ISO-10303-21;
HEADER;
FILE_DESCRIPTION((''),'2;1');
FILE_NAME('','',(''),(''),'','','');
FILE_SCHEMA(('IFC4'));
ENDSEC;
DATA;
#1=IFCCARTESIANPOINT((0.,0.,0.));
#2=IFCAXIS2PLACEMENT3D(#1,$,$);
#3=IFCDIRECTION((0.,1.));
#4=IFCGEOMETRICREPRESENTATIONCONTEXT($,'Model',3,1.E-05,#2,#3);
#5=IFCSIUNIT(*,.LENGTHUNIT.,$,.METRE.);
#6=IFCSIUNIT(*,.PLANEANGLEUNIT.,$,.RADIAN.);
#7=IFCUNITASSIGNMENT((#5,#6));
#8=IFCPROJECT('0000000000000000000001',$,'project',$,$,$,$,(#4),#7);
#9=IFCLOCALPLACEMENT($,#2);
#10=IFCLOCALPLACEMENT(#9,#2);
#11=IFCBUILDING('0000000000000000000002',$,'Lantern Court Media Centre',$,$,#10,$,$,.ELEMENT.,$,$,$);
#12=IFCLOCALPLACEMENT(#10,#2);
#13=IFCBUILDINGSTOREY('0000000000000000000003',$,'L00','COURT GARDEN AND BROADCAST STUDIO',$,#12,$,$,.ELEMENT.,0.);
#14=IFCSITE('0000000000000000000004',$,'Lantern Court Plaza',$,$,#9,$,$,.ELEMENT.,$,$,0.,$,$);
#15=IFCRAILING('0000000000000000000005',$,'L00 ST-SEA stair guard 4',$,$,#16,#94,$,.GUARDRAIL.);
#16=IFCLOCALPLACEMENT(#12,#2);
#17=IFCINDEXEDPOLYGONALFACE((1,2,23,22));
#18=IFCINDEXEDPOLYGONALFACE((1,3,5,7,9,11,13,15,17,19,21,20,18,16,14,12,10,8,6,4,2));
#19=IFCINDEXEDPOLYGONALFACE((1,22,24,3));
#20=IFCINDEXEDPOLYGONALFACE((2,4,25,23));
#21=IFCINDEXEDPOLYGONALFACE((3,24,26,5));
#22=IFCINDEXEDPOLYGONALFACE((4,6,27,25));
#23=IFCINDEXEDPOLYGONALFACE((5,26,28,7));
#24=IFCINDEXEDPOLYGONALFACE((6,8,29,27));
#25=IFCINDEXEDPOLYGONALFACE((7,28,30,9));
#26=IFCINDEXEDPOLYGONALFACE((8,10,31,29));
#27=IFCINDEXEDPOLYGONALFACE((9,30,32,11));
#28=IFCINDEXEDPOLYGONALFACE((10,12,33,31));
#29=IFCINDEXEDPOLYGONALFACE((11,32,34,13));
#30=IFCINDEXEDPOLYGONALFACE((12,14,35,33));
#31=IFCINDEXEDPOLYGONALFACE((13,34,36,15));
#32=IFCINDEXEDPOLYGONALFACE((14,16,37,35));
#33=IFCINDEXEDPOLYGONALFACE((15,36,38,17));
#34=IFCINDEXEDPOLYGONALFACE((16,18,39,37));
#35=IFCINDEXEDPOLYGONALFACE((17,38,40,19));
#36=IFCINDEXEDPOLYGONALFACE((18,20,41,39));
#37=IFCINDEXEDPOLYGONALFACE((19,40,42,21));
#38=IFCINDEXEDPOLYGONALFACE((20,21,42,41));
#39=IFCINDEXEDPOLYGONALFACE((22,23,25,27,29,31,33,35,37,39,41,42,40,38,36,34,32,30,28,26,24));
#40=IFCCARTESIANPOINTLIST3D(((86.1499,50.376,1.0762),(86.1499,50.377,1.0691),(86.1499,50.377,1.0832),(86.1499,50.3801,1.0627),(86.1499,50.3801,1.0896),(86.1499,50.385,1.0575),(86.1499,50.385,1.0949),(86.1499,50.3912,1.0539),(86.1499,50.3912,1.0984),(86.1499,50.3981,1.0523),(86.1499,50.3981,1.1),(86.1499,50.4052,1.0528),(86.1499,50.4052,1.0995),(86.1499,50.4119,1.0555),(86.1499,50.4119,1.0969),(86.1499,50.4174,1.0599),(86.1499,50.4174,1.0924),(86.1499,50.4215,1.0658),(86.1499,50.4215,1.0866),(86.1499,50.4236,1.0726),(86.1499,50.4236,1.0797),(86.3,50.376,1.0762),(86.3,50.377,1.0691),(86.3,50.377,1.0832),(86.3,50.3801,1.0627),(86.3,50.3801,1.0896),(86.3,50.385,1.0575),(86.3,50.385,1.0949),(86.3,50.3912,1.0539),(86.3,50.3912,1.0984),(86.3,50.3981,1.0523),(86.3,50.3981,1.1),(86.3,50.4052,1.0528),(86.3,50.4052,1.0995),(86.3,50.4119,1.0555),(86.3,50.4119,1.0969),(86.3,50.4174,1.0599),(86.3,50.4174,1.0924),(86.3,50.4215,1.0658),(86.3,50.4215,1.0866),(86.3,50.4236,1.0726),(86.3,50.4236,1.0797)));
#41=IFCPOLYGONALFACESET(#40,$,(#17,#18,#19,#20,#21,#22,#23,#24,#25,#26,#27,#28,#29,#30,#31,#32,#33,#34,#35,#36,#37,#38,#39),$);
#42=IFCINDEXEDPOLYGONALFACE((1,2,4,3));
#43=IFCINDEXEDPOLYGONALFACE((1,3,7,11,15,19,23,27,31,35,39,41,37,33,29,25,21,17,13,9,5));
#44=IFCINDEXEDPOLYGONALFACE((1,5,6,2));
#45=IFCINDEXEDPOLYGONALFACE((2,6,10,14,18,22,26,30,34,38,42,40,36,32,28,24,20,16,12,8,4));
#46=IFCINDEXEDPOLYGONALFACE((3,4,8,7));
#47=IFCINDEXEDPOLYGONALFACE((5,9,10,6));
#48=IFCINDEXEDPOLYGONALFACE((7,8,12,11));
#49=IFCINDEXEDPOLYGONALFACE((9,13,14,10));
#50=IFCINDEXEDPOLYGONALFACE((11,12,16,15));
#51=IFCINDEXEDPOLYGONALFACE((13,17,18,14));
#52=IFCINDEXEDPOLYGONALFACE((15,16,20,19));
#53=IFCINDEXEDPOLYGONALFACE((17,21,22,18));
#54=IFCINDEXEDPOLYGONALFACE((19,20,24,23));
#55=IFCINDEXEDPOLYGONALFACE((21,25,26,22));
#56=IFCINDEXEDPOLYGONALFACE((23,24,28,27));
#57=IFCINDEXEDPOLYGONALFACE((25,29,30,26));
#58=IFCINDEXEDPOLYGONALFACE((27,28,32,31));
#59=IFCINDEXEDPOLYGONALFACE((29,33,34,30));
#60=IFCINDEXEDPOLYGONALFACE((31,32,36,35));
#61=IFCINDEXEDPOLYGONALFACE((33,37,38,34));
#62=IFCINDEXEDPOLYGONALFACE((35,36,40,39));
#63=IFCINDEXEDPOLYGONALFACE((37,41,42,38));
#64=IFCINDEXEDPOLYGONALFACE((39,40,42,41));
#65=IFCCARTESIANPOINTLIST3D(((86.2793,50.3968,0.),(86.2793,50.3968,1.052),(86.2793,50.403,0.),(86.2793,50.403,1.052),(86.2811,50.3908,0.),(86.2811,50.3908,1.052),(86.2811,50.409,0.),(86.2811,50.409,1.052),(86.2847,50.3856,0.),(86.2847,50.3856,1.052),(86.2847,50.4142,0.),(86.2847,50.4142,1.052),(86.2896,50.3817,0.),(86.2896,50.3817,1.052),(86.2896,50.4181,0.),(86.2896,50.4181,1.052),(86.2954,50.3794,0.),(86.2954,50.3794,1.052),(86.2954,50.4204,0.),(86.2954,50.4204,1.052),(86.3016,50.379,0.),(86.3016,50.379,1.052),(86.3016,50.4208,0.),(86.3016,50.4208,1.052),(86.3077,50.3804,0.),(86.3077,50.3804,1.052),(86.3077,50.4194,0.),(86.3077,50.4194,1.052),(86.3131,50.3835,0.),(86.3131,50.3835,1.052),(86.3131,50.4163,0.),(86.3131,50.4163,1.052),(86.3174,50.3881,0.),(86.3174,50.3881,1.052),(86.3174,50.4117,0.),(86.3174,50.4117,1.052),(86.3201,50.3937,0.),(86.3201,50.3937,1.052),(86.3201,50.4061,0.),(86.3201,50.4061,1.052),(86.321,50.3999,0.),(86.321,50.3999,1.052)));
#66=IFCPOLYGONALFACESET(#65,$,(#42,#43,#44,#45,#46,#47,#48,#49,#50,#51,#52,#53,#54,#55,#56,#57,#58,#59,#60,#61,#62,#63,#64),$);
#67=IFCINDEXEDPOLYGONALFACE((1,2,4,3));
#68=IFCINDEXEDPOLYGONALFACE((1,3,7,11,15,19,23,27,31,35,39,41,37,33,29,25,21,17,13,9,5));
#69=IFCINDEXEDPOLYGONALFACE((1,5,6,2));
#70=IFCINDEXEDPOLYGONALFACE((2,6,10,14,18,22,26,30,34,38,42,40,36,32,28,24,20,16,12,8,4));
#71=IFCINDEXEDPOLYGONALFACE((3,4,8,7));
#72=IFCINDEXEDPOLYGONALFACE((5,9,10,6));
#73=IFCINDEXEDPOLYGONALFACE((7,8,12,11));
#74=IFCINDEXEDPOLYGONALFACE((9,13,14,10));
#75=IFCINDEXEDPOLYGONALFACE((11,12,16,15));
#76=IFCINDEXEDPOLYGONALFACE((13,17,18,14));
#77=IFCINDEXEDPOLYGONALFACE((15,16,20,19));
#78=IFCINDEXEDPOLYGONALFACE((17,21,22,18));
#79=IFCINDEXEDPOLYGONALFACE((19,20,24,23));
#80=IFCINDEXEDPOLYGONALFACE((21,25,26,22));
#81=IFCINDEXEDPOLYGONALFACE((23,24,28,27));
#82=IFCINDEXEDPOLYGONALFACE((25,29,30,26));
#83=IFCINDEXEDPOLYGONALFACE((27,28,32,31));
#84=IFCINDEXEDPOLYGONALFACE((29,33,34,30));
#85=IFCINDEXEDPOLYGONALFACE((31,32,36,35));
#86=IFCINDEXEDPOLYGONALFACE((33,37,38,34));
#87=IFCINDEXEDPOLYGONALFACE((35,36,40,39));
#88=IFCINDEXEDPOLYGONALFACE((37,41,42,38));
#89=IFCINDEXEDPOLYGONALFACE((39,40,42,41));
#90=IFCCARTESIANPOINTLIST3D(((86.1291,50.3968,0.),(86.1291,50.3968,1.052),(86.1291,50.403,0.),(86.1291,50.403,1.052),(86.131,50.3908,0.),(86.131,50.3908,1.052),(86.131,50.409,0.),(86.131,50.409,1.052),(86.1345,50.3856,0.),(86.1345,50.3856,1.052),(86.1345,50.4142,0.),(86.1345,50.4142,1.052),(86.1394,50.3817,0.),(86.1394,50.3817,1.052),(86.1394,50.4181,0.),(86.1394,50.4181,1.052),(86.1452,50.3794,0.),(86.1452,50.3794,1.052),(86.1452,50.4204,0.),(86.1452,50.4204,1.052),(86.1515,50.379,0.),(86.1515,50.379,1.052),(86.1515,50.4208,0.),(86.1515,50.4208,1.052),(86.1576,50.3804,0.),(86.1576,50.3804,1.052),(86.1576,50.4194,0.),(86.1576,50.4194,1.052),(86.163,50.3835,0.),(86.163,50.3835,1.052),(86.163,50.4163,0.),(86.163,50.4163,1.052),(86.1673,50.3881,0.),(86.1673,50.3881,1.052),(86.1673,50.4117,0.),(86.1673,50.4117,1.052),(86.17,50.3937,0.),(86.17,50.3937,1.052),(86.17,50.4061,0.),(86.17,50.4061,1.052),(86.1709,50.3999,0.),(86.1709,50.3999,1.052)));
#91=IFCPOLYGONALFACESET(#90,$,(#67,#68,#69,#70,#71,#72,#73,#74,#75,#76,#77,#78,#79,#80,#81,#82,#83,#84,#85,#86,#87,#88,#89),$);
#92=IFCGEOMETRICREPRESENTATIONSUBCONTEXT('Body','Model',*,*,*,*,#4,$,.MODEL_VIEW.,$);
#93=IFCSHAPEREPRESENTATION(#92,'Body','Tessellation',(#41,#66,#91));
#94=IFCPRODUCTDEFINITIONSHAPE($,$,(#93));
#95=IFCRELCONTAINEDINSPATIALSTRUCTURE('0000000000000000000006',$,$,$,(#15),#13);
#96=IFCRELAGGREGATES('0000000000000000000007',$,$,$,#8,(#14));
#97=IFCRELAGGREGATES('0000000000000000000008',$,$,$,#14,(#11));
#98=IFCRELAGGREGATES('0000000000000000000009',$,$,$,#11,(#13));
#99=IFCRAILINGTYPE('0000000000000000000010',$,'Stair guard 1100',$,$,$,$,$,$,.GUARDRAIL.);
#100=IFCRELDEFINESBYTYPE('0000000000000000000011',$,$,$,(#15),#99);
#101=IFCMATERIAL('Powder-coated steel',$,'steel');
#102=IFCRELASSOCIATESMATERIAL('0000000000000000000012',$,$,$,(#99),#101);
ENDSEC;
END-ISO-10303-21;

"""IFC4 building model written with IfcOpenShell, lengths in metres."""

from ifc_helpers import new_model, si_unit, direction, frame, origin, origin_2d, place, context, subcontext, project, spatial, circle, extrude, material, type_object, element, save


model = new_model("IFC4")

# Units and contexts
model_context = context("Model", 3, precision=1e-05, world=origin(), true_north=direction((0.0, 1.0)))
body_context = subcontext(model_context, "Body", "Model", "MODEL_VIEW")
ifc_project = project(units=[si_unit("LENGTHUNIT", "METRE"), si_unit("PLANEANGLEUNIT", "RADIAN")], contexts=[model_context])

# Site, building, storey
site_placement = place(None, origin())
site = spatial("IfcSite", under=ifc_project, at=site_placement, Name="Lantern Court Plaza", CompositionType="ELEMENT", RefElevation=0.0)
building_placement = place(site_placement, origin())
building = spatial("IfcBuilding", under=site, at=building_placement, Name="Lantern Court Media Centre", CompositionType="ELEMENT")
storey_placement = place(building_placement, origin())
storey = spatial("IfcBuildingStorey", under=building, at=storey_placement, Name="L00", Description="COURT GARDEN AND BROADCAST STUDIO", CompositionType="ELEMENT", Elevation=0.0)

# Railing
ifc_material_1 = material(Name="Powder-coated steel", Category="steel")
railing_type_1 = type_object("IfcRailingType", Name="Stair guard 1100", PredefinedType="GUARDRAIL", material=ifc_material_1)
railing_1_placement = place(storey_placement, frame((86.3, 50.3999, 0.0)))
element("IfcRailing", 1, at=railing_1_placement, inside=storey, type_object=railing_type_1, Name="L00 ST-SEA stair guard 4", PredefinedType="GUARDRAIL", context=body_context, shape_type="SweptSolid", body=[
    extrude(circle(Radius=0.0239, at=origin_2d()), frame((0.0, 0.0, 1.0762), z_axis=(-1.0, 0.0, 0.0), x_axis=(0.0, -1.0, 0.0)), (0.0, 0.0, 1.0), 0.1501),
    extrude(circle(Radius=0.021, at=origin_2d()), origin(), (0.0, 0.0, 1.0), 1.052),
    extrude(circle(Radius=0.021, at=origin_2d()), frame((-0.1501, 0.0, 0.0)), (0.0, 0.0, 1.0), 1.052),
])

save(model, "model.ifc")
